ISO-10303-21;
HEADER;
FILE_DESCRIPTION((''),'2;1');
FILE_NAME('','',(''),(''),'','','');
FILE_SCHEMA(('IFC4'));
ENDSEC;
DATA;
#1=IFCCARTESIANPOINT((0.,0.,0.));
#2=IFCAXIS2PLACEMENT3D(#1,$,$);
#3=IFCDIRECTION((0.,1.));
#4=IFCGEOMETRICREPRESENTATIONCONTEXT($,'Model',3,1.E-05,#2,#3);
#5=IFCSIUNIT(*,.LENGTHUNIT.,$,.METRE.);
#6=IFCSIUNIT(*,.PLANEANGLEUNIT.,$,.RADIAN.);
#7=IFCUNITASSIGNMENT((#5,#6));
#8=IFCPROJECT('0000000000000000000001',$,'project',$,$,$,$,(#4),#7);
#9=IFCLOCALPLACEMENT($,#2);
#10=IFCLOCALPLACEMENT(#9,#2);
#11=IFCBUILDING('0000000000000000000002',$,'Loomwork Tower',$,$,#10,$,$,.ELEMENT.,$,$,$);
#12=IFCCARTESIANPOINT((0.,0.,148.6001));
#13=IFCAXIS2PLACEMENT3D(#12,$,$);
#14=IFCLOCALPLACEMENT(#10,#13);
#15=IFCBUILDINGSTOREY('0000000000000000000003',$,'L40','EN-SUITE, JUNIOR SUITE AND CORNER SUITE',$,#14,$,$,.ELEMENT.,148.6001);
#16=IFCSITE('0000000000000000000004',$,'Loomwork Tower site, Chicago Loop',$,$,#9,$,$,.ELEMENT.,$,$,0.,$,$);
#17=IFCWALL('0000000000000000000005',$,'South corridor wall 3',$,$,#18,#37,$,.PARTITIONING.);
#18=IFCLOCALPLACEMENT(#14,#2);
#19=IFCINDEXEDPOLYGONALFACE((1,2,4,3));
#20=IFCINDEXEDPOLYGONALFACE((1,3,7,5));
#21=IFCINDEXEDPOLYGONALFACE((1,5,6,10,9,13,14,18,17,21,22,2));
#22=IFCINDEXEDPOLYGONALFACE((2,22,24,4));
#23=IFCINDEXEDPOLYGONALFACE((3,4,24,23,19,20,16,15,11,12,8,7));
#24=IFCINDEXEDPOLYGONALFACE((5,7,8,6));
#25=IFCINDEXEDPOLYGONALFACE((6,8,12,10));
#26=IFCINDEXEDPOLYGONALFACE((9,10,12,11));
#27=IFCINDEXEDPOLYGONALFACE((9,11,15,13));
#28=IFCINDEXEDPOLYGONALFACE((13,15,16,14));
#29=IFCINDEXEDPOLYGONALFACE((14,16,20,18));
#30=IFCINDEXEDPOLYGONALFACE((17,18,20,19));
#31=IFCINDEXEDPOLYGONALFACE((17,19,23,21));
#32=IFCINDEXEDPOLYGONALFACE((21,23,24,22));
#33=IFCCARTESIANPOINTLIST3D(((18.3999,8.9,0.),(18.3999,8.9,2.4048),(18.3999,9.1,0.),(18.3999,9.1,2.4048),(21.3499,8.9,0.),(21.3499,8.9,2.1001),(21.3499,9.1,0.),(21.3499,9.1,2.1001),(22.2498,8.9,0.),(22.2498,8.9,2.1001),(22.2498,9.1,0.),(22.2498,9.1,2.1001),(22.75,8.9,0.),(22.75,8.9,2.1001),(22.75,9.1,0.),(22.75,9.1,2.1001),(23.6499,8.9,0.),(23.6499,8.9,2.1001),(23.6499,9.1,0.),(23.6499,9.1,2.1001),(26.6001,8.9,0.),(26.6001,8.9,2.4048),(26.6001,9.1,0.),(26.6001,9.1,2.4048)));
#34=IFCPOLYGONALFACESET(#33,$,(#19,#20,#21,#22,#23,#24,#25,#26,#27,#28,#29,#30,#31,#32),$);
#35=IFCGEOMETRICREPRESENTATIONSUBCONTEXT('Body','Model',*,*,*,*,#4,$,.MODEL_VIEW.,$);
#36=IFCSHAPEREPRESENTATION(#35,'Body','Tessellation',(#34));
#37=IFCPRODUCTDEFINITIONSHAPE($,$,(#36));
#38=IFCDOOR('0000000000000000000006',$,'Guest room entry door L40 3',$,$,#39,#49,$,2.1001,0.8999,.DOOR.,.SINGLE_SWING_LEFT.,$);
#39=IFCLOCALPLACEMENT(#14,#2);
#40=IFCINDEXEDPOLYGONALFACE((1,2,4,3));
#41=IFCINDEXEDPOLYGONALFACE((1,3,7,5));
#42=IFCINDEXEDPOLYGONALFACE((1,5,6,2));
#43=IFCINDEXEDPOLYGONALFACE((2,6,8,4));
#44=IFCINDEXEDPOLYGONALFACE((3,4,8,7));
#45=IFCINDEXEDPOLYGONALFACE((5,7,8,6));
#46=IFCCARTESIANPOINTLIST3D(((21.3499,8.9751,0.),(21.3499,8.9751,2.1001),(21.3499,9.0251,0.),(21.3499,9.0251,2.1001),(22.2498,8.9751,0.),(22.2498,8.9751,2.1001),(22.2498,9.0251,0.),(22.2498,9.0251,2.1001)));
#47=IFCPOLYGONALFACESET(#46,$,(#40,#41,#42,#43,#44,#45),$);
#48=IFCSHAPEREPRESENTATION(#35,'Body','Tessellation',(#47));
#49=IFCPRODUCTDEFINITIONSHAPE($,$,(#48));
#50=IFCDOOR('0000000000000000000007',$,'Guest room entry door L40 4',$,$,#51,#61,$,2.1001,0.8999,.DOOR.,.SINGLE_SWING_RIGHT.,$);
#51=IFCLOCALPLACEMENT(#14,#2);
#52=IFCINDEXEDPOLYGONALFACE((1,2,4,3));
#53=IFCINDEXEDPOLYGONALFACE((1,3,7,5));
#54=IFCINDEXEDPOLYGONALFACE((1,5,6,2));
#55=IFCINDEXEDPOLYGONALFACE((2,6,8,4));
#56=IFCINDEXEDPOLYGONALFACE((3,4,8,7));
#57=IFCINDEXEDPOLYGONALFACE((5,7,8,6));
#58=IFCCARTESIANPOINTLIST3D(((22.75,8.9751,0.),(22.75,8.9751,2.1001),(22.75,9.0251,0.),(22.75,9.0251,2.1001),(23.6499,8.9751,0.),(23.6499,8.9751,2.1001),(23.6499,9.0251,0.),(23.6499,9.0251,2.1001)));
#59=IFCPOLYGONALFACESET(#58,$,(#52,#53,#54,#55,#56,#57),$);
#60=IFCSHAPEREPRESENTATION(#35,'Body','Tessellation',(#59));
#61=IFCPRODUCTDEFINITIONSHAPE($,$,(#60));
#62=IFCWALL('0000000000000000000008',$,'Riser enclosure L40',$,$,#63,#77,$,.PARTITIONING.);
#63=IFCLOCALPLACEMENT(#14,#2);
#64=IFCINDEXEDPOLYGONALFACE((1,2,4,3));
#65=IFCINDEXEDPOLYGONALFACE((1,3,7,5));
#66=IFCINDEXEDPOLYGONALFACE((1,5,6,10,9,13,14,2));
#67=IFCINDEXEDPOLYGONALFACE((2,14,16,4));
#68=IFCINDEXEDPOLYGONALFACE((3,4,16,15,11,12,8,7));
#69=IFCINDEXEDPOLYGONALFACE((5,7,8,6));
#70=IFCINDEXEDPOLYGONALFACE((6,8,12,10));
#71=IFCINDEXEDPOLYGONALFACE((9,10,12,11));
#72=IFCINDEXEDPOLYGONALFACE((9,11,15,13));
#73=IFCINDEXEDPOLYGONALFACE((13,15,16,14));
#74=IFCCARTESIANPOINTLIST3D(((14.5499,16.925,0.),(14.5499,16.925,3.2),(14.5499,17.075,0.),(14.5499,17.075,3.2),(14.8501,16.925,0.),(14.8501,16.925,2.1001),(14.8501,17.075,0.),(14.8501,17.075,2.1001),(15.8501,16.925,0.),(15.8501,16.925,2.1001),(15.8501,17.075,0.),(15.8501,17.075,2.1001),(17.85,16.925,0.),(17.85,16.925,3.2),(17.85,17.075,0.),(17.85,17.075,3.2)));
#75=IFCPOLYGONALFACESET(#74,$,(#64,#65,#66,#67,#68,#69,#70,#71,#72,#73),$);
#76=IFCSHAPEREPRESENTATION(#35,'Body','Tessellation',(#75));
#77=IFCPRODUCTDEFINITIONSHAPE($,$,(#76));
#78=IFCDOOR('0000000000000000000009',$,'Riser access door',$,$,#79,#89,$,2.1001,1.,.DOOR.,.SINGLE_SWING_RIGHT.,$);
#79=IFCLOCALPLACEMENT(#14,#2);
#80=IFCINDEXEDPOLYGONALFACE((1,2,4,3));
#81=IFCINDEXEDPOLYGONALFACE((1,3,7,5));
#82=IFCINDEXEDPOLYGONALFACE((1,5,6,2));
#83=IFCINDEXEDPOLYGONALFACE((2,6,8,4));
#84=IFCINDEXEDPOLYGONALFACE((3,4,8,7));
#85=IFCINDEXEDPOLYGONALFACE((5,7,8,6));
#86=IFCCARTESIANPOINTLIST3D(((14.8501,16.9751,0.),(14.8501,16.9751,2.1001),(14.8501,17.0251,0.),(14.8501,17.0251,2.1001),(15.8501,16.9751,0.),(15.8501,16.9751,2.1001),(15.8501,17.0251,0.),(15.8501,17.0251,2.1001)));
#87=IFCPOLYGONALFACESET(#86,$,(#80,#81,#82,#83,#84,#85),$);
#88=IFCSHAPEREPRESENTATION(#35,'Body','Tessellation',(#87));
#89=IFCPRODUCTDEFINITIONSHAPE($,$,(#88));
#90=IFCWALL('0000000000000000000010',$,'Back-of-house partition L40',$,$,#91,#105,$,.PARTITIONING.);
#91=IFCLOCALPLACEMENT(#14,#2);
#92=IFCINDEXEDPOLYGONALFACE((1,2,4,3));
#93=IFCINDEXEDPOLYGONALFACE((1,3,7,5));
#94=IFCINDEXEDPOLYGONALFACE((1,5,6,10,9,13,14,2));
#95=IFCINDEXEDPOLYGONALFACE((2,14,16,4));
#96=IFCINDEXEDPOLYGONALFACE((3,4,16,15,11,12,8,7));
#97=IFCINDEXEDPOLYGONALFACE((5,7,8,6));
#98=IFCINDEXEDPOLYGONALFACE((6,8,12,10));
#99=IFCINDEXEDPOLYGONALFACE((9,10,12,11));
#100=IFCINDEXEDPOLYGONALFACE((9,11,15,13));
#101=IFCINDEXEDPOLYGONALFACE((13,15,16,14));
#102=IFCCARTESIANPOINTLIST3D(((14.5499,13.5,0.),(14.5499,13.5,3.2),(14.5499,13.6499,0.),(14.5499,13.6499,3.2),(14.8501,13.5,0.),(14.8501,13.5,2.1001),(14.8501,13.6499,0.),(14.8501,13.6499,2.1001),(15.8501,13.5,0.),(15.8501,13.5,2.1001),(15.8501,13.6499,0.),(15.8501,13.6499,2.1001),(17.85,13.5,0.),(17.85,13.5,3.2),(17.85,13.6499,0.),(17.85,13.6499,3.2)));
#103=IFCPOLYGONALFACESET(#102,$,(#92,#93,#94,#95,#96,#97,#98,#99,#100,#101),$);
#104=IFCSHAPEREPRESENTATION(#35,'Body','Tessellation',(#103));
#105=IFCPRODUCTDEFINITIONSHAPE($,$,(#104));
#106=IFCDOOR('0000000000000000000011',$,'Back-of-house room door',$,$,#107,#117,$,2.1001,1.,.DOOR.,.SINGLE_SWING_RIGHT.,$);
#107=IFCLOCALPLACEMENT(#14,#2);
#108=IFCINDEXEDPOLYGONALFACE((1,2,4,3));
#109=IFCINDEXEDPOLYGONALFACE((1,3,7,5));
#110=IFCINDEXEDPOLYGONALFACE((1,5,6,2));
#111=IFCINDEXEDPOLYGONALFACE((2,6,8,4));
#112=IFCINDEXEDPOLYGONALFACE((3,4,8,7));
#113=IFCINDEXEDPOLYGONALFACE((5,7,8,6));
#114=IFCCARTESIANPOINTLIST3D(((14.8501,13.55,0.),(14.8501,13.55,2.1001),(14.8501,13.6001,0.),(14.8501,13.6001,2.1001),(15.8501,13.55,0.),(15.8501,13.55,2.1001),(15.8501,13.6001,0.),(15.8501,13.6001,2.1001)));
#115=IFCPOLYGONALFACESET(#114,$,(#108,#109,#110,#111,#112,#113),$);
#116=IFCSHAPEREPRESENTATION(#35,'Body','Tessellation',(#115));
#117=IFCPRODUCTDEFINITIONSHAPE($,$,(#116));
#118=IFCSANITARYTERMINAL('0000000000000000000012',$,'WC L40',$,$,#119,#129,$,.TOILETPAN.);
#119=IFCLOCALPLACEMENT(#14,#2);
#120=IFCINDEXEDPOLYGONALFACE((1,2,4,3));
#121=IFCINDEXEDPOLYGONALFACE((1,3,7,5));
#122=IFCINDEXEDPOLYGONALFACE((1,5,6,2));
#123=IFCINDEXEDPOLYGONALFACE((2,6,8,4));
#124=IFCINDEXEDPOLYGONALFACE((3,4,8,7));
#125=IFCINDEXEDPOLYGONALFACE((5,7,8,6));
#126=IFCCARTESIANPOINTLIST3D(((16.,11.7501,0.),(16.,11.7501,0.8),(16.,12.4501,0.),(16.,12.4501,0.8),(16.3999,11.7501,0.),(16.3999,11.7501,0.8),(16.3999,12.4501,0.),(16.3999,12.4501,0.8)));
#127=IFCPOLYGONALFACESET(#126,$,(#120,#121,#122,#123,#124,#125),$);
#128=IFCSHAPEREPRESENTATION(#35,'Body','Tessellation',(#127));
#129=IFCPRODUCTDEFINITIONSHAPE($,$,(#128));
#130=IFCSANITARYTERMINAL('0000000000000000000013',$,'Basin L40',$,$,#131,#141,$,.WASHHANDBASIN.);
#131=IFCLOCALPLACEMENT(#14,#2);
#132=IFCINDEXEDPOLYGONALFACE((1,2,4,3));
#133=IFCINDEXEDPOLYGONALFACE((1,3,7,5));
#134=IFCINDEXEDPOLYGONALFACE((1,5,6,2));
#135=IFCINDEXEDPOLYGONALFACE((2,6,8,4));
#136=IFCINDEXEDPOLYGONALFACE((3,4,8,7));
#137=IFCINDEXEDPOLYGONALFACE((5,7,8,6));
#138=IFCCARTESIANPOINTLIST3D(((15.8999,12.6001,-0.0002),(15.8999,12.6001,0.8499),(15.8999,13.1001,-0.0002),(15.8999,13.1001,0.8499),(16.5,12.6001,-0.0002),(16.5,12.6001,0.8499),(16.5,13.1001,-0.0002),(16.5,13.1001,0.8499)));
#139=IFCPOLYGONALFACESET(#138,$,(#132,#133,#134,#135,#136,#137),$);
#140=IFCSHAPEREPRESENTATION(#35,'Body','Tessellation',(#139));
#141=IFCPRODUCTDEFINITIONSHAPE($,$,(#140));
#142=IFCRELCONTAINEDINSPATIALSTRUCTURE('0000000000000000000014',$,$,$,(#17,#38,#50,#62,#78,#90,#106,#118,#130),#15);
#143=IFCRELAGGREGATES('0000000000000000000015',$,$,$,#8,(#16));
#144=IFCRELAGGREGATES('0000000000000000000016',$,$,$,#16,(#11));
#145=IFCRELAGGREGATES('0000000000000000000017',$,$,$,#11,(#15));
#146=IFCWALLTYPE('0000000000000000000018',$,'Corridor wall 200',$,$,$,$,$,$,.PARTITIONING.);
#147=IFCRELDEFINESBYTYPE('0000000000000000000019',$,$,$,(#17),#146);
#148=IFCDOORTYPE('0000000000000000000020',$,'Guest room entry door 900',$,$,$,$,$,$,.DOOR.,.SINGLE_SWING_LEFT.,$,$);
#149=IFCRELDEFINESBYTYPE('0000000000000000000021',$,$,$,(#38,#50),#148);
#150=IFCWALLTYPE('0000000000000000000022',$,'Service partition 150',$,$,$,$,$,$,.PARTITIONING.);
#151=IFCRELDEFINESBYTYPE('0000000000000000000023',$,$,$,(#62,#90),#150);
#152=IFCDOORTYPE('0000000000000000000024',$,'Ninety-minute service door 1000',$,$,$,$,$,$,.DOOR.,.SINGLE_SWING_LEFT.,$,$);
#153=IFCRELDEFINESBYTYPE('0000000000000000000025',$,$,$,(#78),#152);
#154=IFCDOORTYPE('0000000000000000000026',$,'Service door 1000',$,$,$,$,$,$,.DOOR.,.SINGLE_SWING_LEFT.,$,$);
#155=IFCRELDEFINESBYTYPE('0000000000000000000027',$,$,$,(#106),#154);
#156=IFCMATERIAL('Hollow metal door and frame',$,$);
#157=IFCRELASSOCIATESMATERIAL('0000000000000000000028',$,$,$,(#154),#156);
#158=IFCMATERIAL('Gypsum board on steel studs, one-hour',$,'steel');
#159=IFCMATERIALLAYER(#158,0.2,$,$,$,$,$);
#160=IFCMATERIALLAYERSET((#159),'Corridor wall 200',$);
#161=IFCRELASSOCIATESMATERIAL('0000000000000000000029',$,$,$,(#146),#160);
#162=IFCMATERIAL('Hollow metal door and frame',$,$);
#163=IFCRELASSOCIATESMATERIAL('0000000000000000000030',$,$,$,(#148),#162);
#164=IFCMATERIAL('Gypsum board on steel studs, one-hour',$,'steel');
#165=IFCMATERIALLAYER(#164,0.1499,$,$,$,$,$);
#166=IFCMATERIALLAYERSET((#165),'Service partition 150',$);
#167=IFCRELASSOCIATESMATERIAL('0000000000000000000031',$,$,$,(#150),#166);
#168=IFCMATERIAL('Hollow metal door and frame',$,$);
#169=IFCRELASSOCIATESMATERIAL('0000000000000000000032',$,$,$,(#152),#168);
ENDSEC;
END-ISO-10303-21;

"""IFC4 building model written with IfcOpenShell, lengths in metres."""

from ifc_helpers import new_model, si_unit, direction, frame, frame_2d, origin, origin_2d, place, context, subcontext, project, spatial, rectangle, extrude, material, layer, layer_set, type_object, element, fill, save


model = new_model("IFC4")

# Units and contexts
model_context = context("Model", 3, precision=1e-05, world=origin(), true_north=direction((0.0, 1.0)))
body_context = subcontext(model_context, "Body", "Model", "MODEL_VIEW")
ifc_project = project(units=[si_unit("LENGTHUNIT", "METRE"), si_unit("PLANEANGLEUNIT", "RADIAN")], contexts=[model_context])

# Site, building, storey
site_placement = place(None, origin())
site = spatial("IfcSite", under=ifc_project, at=site_placement, Name="Loomwork Tower site, Chicago Loop", CompositionType="ELEMENT", RefElevation=0.0)
building_placement = place(site_placement, origin())
building = spatial("IfcBuilding", under=site, at=building_placement, Name="Loomwork Tower", CompositionType="ELEMENT")
storey_placement = place(building_placement, frame((0.0, 0.0, 148.6001)))
storey = spatial("IfcBuildingStorey", under=building, at=storey_placement, Name="L40", Description="EN-SUITE, JUNIOR SUITE AND CORNER SUITE", CompositionType="ELEMENT", Elevation=148.6001)

# Wall, openings, doors
ifc_material_1 = material(Name="Hollow metal door and frame")
door_type_1 = type_object("IfcDoorType", Name="Service door 1000", OperationType="SINGLE_SWING_LEFT", PredefinedType="DOOR", material=ifc_material_1)
ifc_material_2 = material(Name="Gypsum board on steel studs, one-hour", Category="steel")
ifc_layer_1 = layer(ifc_material_2, 0.2)
ifc_layer_set_1 = layer_set([ifc_layer_1], Name="Corridor wall 200")
wall_type_1 = type_object("IfcWallType", Name="Corridor wall 200", PredefinedType="PARTITIONING", material=ifc_layer_set_1)
wall_1_placement = place(storey_placement, frame((18.3999, 9.0, 0.0), z_axis=(0.0, 0.0, 1.0), x_axis=(1.0, 0.0, 0.0)))
wall_1 = element("IfcWall", 1, at=wall_1_placement, inside=storey, type_object=wall_type_1, Name="South corridor wall 3", PredefinedType="PARTITIONING", context=body_context, shape_type="SweptSolid", body=[
    extrude(rectangle(XDim=8.2002, YDim=0.2, at=frame_2d((4.1001, 0.0))), origin(), (0.0, 0.0, 1.0), 2.4048),
])
opening_1_placement = place(wall_1_placement, frame((2.95, 0.0, 0.0)))
opening_1 = element("IfcOpeningElement", 2, at=opening_1_placement, cuts=wall_1, PredefinedType="OPENING", context=body_context, shape_type="SweptSolid", body=[
    extrude(rectangle(XDim=0.8999, YDim=2.1001, at=frame_2d((0.45, 1.05))), frame((0.0, 0.1099, 0.0), z_axis=(0.0, -1.0, 0.0), x_axis=(1.0, 0.0, 0.0)), (0.0, 0.0, 1.0), 0.22),
])
opening_2_placement = place(wall_1_placement, frame((4.3501, 0.0, 0.0)))
opening_2 = element("IfcOpeningElement", 3, at=opening_2_placement, cuts=wall_1, PredefinedType="OPENING", context=body_context, shape_type="SweptSolid", body=[
    extrude(rectangle(XDim=0.8999, YDim=2.1001, at=frame_2d((0.45, 1.05))), frame((0.0, 0.1099, 0.0), z_axis=(0.0, -1.0, 0.0), x_axis=(1.0, 0.0, 0.0)), (0.0, 0.0, 1.0), 0.22),
])
ifc_material_3 = material(Name="Hollow metal door and frame")
door_type_2 = type_object("IfcDoorType", Name="Guest room entry door 900", OperationType="SINGLE_SWING_LEFT", PredefinedType="DOOR", material=ifc_material_3)
door_1_placement = place(opening_1_placement, frame((0.8999, 0.0, 0.0), z_axis=(0.0, 0.0, 1.0), x_axis=(-1.0, 0.0, 0.0)))
door_1 = element("IfcDoor", 4, at=door_1_placement, inside=storey, type_object=door_type_2, Name="Guest room entry door L40 3", OperationType="SINGLE_SWING_LEFT", OverallHeight=2.1001, OverallWidth=0.8999, PredefinedType="DOOR", context=body_context, shape_type="SweptSolid", body=[
    extrude(rectangle(XDim=0.8999, YDim=2.1001, at=frame_2d((0.45, 1.05))), frame((0.0, 0.0249, 0.0), z_axis=(0.0, -1.0, 0.0), x_axis=(1.0, 0.0, 0.0)), (0.0, 0.0, 1.0), 0.05),
])
fill(opening_1, door_1)
door_2_placement = place(opening_2_placement, frame((0.8999, 0.0, 0.0), z_axis=(0.0, 0.0, 1.0), x_axis=(-1.0, 0.0, 0.0)))
door_2 = element("IfcDoor", 5, at=door_2_placement, inside=storey, type_object=door_type_2, Name="Guest room entry door L40 4", OperationType="SINGLE_SWING_RIGHT", OverallHeight=2.1001, OverallWidth=0.8999, PredefinedType="DOOR", context=body_context, shape_type="SweptSolid", body=[
    extrude(rectangle(XDim=0.8999, YDim=2.1001, at=frame_2d((0.45, 1.05))), frame((0.0, 0.0249, 0.0), z_axis=(0.0, -1.0, 0.0), x_axis=(1.0, 0.0, 0.0)), (0.0, 0.0, 1.0), 0.05),
])
fill(opening_2, door_2)

# Walls, openings, doors
ifc_material_4 = material(Name="Gypsum board on steel studs, one-hour", Category="steel")
ifc_layer_2 = layer(ifc_material_4, 0.1499)
ifc_layer_set_2 = layer_set([ifc_layer_2], Name="Service partition 150")
wall_type_2 = type_object("IfcWallType", Name="Service partition 150", PredefinedType="PARTITIONING", material=ifc_layer_set_2)
wall_2_placement = place(storey_placement, frame((14.55, 17.0, 0.0), z_axis=(0.0, 0.0, 1.0), x_axis=(1.0, 0.0, 0.0)))
wall_2 = element("IfcWall", 6, at=wall_2_placement, inside=storey, type_object=wall_type_2, Name="Riser enclosure L40", PredefinedType="PARTITIONING", context=body_context, shape_type="SweptSolid", body=[
    extrude(rectangle(XDim=3.3, YDim=0.1499, at=frame_2d((1.6499, 0.0))), origin(), (0.0, 0.0, 1.0), 3.2),
])
opening_3_placement = place(wall_2_placement, frame((0.3, 0.0, 0.0)))
opening_3 = element("IfcOpeningElement", 7, at=opening_3_placement, cuts=wall_2, PredefinedType="OPENING", context=body_context, shape_type="SweptSolid", body=[
    extrude(rectangle(XDim=1.0, YDim=2.1001, at=frame_2d((0.5, 1.05))), frame((0.0, 0.085, 0.0), z_axis=(0.0, -1.0, 0.0), x_axis=(1.0, 0.0, 0.0)), (0.0, 0.0, 1.0), 0.1699),
])
ifc_material_5 = material(Name="Hollow metal door and frame")
door_type_3 = type_object("IfcDoorType", Name="Ninety-minute service door 1000", OperationType="SINGLE_SWING_LEFT", PredefinedType="DOOR", material=ifc_material_5)
door_3_placement = place(opening_3_placement, frame((1.0, 0.0, 0.0), z_axis=(0.0, 0.0, 1.0), x_axis=(-1.0, 0.0, 0.0)))
door_3 = element("IfcDoor", 8, at=door_3_placement, inside=storey, type_object=door_type_3, Name="Riser access door", OperationType="SINGLE_SWING_RIGHT", OverallHeight=2.1001, OverallWidth=1.0, PredefinedType="DOOR", context=body_context, shape_type="SweptSolid", body=[
    extrude(rectangle(XDim=1.0, YDim=2.1001, at=frame_2d((0.5, 1.05))), frame((0.0, 0.0249, 0.0), z_axis=(0.0, -1.0, 0.0), x_axis=(1.0, 0.0, 0.0)), (0.0, 0.0, 1.0), 0.05),
])
fill(opening_3, door_3)
wall_3_placement = place(storey_placement, frame((14.55, 13.575, 0.0), z_axis=(0.0, 0.0, 1.0), x_axis=(1.0, 0.0, 0.0)))
wall_3 = element("IfcWall", 9, at=wall_3_placement, inside=storey, type_object=wall_type_2, Name="Back-of-house partition L40", PredefinedType="PARTITIONING", context=body_context, shape_type="SweptSolid", body=[
    extrude(rectangle(XDim=3.3, YDim=0.1499, at=frame_2d((1.6499, 0.0))), origin(), (0.0, 0.0, 1.0), 3.2),
])
opening_4_placement = place(wall_3_placement, frame((0.3, 0.0, 0.0)))
opening_4 = element("IfcOpeningElement", 10, at=opening_4_placement, cuts=wall_3, PredefinedType="OPENING", context=body_context, shape_type="SweptSolid", body=[
    extrude(rectangle(XDim=1.0, YDim=2.1001, at=frame_2d((0.5, 1.05))), frame((0.0, 0.085, 0.0), z_axis=(0.0, -1.0, 0.0), x_axis=(1.0, 0.0, 0.0)), (0.0, 0.0, 1.0), 0.1699),
])
door_4_placement = place(opening_4_placement, frame((1.0, 0.0, 0.0), z_axis=(0.0, 0.0, 1.0), x_axis=(-1.0, 0.0, 0.0)))
door_4 = element("IfcDoor", 11, at=door_4_placement, inside=storey, type_object=door_type_1, Name="Back-of-house room door", OperationType="SINGLE_SWING_RIGHT", OverallHeight=2.1001, OverallWidth=1.0, PredefinedType="DOOR", context=body_context, shape_type="SweptSolid", body=[
    extrude(rectangle(XDim=1.0, YDim=2.1001, at=frame_2d((0.5, 1.05))), frame((0.0, 0.0249, 0.0), z_axis=(0.0, -1.0, 0.0), x_axis=(1.0, 0.0, 0.0)), (0.0, 0.0, 1.0), 0.05),
])
fill(opening_4, door_4)

# Sanitary terminals
sanitary_terminal_1_placement = place(storey_placement, frame((16.2, 12.1001, 0.0), z_axis=(0.0, 0.0, 1.0), x_axis=(1.0, 0.0, 0.0)))
element("IfcSanitaryTerminal", 12, at=sanitary_terminal_1_placement, inside=storey, Name="WC L40", PredefinedType="TOILETPAN", context=body_context, shape_type="SweptSolid", body=[
    extrude(rectangle(XDim=0.3999, YDim=0.7, at=origin_2d()), origin(), (0.0, 0.0, 1.0), 0.8),
])
sanitary_terminal_2_placement = place(storey_placement, frame((16.2, 12.8501, -0.0002), z_axis=(0.0, 0.0, 1.0), x_axis=(1.0, 0.0, 0.0)))
element("IfcSanitaryTerminal", 13, at=sanitary_terminal_2_placement, inside=storey, Name="Basin L40", PredefinedType="WASHHANDBASIN", context=body_context, shape_type="SweptSolid", body=[
    extrude(rectangle(XDim=0.6001, YDim=0.5, at=origin_2d()), origin(), (0.0, 0.0, 1.0), 0.8501),
])

save(model, "model.ifc")
